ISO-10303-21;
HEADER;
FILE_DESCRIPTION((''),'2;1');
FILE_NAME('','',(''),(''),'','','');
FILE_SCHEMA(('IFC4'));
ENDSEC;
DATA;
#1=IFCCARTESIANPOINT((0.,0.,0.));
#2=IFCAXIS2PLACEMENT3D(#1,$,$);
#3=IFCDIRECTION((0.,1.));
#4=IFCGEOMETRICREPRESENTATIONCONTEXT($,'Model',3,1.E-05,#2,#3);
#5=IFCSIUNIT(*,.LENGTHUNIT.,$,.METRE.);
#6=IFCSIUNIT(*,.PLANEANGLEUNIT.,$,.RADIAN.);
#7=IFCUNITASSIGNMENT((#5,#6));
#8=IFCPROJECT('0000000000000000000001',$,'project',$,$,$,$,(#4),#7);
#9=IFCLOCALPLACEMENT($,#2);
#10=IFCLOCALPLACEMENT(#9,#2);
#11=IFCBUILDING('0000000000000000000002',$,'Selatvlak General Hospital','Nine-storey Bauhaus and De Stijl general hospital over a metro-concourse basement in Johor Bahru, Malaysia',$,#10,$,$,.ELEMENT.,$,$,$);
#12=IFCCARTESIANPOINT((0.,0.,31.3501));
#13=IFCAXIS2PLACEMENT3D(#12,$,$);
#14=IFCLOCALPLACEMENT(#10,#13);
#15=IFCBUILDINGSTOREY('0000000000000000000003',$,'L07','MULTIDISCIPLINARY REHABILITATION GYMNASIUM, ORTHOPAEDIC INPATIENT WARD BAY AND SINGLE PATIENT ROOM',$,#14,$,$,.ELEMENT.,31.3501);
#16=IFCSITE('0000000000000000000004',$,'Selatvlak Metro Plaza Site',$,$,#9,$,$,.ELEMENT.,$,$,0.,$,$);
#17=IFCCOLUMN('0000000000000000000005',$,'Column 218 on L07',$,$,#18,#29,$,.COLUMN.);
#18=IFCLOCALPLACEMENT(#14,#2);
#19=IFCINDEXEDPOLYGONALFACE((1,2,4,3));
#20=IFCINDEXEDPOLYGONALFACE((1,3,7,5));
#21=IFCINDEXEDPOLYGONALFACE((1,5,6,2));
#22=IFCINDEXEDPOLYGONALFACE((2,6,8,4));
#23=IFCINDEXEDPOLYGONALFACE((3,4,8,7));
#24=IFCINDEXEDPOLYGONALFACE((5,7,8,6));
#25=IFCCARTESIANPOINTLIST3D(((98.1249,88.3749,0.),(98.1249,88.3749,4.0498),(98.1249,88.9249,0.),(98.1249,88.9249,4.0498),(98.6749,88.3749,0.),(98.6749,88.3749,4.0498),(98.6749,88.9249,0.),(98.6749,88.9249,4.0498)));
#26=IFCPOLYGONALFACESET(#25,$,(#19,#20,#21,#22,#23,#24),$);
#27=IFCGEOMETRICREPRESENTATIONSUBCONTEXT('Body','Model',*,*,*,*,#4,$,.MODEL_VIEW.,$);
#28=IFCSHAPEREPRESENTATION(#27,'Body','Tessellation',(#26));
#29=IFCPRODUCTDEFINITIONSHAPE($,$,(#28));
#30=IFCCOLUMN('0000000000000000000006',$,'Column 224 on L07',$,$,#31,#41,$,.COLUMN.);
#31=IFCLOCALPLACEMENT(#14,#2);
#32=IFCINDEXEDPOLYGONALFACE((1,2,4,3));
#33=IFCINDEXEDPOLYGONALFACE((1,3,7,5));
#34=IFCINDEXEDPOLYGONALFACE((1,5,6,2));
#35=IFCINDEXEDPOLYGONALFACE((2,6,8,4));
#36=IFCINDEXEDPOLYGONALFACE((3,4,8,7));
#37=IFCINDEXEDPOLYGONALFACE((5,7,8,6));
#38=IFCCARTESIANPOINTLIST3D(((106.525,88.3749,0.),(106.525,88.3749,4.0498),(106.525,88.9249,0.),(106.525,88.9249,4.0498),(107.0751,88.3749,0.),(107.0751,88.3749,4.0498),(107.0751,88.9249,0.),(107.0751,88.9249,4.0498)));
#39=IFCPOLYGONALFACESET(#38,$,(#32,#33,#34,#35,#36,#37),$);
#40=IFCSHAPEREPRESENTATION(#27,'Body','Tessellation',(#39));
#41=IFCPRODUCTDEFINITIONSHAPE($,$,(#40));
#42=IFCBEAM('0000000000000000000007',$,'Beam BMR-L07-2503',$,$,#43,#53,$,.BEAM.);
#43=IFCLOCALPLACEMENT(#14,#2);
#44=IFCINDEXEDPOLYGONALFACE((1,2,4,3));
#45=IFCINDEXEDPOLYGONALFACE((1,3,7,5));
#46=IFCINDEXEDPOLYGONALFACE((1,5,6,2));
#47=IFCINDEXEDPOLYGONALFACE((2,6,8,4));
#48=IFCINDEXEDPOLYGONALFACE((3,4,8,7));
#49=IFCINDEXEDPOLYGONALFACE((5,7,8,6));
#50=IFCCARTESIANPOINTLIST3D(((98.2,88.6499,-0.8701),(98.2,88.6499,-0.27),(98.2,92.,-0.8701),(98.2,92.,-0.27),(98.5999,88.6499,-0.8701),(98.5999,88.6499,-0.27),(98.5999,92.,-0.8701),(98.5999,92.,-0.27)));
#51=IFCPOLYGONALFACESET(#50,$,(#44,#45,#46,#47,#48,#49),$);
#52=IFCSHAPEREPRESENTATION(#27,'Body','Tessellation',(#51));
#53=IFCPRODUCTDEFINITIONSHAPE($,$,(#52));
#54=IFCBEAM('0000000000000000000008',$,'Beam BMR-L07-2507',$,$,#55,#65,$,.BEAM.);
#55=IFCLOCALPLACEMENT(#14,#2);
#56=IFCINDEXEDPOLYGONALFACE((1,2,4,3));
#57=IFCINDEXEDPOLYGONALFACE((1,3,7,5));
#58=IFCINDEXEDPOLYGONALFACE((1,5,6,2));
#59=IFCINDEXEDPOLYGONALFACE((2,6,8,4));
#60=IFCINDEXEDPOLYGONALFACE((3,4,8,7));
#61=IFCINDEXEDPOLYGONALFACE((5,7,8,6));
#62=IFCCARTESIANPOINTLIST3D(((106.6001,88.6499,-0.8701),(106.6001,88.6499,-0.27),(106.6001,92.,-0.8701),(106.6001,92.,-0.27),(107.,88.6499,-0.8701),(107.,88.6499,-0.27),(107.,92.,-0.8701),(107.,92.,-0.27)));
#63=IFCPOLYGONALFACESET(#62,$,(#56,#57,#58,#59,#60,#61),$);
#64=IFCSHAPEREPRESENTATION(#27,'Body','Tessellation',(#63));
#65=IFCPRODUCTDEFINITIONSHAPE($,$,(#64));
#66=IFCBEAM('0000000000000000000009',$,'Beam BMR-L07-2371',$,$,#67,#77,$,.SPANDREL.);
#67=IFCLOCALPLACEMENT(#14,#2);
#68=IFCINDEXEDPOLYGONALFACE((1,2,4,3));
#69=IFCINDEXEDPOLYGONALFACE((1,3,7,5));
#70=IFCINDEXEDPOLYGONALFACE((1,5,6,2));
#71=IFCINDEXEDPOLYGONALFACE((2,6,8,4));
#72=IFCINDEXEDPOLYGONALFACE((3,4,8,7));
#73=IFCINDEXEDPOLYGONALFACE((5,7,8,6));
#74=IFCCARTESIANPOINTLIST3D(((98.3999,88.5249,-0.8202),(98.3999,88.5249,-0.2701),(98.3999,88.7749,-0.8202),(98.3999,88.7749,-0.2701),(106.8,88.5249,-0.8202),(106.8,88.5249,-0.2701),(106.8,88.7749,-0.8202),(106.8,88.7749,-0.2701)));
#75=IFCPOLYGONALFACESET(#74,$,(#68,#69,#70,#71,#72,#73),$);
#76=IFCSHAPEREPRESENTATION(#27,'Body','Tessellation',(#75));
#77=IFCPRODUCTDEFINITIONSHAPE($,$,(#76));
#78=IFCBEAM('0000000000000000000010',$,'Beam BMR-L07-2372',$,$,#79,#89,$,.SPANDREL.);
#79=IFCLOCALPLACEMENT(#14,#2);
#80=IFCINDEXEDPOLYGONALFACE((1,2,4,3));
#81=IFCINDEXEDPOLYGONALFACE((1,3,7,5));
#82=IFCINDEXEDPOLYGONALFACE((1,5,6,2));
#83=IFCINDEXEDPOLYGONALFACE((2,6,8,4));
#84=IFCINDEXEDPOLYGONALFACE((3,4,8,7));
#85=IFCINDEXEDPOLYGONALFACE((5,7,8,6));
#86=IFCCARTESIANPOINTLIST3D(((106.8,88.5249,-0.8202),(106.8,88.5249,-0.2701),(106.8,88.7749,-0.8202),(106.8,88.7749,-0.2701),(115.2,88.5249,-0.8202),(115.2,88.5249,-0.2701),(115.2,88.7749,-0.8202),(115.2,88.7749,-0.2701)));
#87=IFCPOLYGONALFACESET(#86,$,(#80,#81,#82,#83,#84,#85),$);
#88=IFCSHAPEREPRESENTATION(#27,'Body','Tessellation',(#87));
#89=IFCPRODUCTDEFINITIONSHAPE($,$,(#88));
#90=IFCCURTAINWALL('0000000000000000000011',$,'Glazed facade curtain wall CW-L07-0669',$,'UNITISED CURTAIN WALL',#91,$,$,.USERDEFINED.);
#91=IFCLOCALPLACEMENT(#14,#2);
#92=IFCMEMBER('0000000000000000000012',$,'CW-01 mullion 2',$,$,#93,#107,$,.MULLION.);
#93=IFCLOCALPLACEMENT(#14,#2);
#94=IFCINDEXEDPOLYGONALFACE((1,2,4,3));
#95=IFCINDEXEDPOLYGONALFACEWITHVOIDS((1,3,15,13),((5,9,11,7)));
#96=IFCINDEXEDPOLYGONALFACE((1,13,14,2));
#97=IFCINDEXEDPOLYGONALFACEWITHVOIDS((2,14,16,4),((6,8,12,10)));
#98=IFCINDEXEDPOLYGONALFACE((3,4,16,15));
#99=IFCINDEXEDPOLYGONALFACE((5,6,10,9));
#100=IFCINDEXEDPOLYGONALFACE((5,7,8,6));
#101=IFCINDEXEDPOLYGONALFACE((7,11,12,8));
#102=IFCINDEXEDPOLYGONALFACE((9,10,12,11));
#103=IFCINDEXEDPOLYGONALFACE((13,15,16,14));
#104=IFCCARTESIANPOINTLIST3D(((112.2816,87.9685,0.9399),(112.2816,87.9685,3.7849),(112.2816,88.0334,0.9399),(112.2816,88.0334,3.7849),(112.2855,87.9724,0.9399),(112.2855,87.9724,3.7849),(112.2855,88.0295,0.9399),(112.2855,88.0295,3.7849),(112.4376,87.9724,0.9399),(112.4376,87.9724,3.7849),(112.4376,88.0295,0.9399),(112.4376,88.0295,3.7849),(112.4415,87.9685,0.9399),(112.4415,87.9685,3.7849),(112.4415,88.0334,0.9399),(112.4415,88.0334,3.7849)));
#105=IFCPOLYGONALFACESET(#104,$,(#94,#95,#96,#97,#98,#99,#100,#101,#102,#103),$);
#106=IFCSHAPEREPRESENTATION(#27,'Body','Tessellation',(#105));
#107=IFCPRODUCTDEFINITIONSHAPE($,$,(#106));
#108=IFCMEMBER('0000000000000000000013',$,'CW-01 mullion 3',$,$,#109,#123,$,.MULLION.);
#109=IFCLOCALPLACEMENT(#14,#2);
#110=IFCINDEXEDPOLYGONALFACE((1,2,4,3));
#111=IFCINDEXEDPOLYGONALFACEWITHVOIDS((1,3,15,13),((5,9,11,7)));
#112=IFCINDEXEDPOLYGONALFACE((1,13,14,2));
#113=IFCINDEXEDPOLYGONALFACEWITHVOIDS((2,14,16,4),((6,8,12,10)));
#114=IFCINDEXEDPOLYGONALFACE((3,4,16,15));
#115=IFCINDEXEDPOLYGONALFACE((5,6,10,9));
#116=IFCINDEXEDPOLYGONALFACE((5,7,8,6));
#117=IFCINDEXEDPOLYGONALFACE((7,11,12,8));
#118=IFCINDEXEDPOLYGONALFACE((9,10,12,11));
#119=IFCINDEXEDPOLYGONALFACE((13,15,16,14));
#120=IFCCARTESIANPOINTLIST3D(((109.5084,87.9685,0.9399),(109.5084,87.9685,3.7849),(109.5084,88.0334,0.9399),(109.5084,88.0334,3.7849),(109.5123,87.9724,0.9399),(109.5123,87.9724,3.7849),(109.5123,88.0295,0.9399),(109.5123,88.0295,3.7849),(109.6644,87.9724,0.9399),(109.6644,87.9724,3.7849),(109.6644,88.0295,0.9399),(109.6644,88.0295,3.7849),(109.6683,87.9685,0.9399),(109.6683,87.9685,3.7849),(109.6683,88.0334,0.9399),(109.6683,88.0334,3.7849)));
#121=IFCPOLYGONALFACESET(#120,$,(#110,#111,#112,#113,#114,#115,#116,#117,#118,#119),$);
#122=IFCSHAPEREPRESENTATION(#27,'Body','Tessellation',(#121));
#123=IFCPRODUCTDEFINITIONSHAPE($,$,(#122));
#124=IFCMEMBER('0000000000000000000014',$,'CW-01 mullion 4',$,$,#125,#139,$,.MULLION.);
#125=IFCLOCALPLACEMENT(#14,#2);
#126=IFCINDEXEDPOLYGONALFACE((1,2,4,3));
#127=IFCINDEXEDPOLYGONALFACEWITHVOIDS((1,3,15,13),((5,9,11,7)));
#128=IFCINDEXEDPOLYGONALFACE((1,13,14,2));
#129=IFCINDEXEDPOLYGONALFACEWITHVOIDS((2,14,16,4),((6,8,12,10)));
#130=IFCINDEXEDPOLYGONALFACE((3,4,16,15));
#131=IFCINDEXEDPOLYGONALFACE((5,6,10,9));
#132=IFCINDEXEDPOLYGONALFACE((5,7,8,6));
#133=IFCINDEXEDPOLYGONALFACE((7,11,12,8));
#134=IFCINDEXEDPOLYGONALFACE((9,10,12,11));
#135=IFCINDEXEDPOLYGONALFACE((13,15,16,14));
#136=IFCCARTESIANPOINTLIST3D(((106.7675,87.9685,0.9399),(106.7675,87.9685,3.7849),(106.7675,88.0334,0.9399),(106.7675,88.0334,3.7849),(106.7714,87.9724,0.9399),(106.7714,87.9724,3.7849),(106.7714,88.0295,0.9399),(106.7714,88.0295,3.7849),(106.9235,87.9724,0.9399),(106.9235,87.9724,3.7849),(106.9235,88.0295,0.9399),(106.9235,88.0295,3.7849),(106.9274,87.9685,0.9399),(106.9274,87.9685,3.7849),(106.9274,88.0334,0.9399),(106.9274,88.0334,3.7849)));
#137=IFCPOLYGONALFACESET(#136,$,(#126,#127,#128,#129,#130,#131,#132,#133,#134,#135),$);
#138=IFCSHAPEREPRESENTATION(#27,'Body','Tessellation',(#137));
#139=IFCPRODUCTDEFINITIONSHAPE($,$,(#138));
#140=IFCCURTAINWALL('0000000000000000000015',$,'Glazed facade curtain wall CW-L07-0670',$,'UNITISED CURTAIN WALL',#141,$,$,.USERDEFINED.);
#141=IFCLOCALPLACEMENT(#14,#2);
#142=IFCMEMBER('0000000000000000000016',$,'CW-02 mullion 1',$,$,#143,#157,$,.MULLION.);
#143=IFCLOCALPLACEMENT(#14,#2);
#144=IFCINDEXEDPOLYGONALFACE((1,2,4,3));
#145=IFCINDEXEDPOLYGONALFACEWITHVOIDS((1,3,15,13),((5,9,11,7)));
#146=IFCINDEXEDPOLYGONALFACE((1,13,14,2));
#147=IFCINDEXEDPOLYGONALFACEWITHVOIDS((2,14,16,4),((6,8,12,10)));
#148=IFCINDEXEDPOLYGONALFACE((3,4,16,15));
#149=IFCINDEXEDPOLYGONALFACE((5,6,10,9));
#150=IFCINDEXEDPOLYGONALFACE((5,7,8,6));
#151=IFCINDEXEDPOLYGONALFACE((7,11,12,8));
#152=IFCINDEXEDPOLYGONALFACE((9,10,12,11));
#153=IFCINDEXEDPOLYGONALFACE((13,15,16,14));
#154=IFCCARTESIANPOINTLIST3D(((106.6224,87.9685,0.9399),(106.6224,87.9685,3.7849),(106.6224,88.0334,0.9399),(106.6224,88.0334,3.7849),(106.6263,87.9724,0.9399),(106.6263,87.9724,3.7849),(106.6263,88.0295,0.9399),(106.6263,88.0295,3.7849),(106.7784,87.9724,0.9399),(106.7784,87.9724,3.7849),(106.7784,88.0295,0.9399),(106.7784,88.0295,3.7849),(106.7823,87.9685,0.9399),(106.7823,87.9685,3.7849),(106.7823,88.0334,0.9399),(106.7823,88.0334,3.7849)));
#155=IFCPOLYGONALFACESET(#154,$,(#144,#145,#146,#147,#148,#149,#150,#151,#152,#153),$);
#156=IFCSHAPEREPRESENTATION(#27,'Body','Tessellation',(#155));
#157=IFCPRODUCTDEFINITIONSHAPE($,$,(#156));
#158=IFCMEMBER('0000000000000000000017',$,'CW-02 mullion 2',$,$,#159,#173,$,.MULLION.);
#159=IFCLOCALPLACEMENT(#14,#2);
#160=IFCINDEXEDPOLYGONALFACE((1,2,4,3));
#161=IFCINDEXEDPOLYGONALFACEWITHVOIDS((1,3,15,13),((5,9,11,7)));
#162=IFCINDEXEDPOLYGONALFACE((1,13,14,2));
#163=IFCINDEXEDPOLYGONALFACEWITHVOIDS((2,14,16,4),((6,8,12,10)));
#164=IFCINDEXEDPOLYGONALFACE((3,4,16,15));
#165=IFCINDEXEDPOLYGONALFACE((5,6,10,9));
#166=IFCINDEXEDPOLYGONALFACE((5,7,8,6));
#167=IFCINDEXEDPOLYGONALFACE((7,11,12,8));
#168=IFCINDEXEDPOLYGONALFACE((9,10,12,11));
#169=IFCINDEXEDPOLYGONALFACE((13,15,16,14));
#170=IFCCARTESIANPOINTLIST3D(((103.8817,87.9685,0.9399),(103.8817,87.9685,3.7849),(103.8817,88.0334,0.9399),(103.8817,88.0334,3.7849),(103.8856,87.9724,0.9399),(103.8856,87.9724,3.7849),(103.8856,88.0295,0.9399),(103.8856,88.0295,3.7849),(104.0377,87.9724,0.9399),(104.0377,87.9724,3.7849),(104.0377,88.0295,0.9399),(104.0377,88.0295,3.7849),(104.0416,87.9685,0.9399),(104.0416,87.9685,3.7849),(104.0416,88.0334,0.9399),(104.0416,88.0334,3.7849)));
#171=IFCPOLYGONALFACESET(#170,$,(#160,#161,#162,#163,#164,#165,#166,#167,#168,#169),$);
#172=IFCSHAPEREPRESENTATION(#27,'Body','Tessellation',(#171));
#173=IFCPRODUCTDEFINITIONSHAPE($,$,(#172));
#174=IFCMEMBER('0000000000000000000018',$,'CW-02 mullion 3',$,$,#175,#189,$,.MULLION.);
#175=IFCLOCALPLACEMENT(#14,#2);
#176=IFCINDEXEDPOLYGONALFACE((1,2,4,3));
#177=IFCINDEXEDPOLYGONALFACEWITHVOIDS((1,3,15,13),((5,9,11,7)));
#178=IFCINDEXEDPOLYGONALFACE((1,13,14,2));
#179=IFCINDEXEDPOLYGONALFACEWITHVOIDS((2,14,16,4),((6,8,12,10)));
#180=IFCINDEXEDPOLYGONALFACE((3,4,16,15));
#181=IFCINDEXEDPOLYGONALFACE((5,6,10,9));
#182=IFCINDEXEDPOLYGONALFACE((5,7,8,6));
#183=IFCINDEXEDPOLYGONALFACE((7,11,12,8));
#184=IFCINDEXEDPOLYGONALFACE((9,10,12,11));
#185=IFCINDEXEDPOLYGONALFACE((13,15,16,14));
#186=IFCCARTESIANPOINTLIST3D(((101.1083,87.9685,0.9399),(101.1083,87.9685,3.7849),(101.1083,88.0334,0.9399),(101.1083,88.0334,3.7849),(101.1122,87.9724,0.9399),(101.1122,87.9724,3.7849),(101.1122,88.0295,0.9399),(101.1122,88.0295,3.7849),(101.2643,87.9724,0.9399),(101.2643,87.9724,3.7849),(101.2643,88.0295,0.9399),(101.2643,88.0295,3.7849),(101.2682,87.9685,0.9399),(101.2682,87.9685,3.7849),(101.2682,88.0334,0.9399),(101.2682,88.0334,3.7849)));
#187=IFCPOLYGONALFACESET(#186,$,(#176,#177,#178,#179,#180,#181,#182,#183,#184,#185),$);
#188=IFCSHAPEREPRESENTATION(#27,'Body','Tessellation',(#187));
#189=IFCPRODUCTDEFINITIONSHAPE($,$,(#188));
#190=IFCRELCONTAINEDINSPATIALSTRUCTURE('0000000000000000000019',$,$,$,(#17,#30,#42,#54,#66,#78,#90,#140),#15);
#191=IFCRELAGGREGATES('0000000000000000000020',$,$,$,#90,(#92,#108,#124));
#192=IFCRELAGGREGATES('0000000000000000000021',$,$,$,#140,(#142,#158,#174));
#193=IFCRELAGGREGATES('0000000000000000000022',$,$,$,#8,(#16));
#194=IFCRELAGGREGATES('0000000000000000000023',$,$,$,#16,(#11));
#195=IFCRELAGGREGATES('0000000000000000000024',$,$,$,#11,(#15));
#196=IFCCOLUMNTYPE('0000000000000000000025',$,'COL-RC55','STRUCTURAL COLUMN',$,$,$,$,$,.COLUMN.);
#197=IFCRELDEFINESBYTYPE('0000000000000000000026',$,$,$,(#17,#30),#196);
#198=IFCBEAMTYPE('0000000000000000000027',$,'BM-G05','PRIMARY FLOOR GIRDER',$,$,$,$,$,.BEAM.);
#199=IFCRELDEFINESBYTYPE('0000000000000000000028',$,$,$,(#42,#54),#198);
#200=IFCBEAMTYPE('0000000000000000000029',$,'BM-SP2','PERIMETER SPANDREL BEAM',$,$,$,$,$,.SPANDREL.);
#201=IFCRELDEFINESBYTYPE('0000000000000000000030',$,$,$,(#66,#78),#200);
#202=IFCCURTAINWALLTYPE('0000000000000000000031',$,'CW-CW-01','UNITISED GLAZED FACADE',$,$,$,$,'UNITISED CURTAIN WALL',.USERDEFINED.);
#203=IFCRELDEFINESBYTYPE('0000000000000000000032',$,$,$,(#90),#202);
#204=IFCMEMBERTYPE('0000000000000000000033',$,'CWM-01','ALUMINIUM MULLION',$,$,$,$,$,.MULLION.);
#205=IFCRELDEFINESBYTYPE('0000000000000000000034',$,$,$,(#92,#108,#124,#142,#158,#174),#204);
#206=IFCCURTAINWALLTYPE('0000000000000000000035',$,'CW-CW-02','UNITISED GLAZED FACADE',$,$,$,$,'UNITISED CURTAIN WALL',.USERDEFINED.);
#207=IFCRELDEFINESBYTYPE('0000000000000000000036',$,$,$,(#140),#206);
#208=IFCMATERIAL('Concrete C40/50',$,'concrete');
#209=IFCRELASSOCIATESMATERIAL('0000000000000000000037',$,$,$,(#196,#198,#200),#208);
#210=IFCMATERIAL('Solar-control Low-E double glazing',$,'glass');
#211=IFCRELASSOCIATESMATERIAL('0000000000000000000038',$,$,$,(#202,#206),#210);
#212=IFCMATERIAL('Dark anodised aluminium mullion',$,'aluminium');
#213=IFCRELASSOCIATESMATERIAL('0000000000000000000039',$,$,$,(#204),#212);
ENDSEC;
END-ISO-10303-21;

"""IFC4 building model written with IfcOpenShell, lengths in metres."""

from ifc_helpers import new_model, si_unit, direction, frame, origin, origin_2d, place, context, subcontext, project, spatial, rectangle, hollow_rectangle, extrude, material, material_profile, profile_set, type_object, element, aggregate, save


model = new_model("IFC4")

# Units and contexts
model_context = context("Model", 3, precision=1e-05, world=origin(), true_north=direction((0.0, 1.0)))
body_context = subcontext(model_context, "Body", "Model", "MODEL_VIEW")
ifc_project = project(units=[si_unit("LENGTHUNIT", "METRE"), si_unit("PLANEANGLEUNIT", "RADIAN")], contexts=[model_context])

# Site, building, storey
site_placement = place(None, origin())
site = spatial("IfcSite", under=ifc_project, at=site_placement, Name="Selatvlak Metro Plaza Site", CompositionType="ELEMENT", RefElevation=0.0)
building_placement = place(site_placement, origin())
building = spatial("IfcBuilding", under=site, at=building_placement, Name="Selatvlak General Hospital", Description="Nine-storey Bauhaus and De Stijl general hospital over a metro-concourse basement in Johor Bahru, Malaysia", CompositionType="ELEMENT")
storey_placement = place(building_placement, frame((0.0, 0.0, 31.3501)))
storey = spatial("IfcBuildingStorey", under=building, at=storey_placement, Name="L07", Description="MULTIDISCIPLINARY REHABILITATION GYMNASIUM, ORTHOPAEDIC INPATIENT WARD BAY AND SINGLE PATIENT ROOM", CompositionType="ELEMENT", Elevation=31.3501)

# Columns
ifc_material_1 = material(Name="Concrete C40/50", Category="concrete")
ifc_material_profile_1 = material_profile(ifc_material_1, rectangle(XDim=0.55, YDim=0.55, at=origin_2d()), Name="RC-COL 550x550")
ifc_profile_set_1 = profile_set([ifc_material_profile_1], Name="Concrete C40/50")
column_type = type_object("IfcColumnType", Name="COL-RC55", Description="STRUCTURAL COLUMN", PredefinedType="COLUMN", material=ifc_profile_set_1)
for number, where, z_axis, x_axis, name in (
    (1, (98.3999, 88.6499, 0.0), (0.0, 0.0, 1.0), (1.0, 0.0, 0.0), "Column 218 on L07"),
    (2, (106.8, 88.6499, 0.0), (0.0, 0.0, 1.0), (1.0, 0.0, 0.0), "Column 224 on L07"),
):
    element("IfcColumn", number, at=place(storey_placement, frame(where, z_axis=z_axis, x_axis=x_axis)), inside=storey, type_object=column_type, Name=name, PredefinedType="COLUMN", context=body_context, shape_type="SweptSolid", body=[
        extrude(rectangle(XDim=0.55, YDim=0.55, at=origin_2d()), origin(), (0.0, 0.0, 1.0), 4.0498),
    ])

# Beams
ifc_material_profile_2 = material_profile(ifc_material_1, rectangle(XDim=0.3999, YDim=0.6001, at=origin_2d()), Name="RC-BM 400x600")
ifc_profile_set_2 = profile_set([ifc_material_profile_2], Name="Concrete C40/50")
beam_type_1 = type_object("IfcBeamType", Name="BM-G05", Description="PRIMARY FLOOR GIRDER", PredefinedType="BEAM", material=ifc_profile_set_2)
for number, where, z_axis, x_axis, name in (
    (3, (98.3999, 88.6499, -0.5701), (0.0, 1.0, 0.0), (-1.0, 0.0, 0.0), "Beam BMR-L07-2503"),
    (4, (106.8, 88.6499, -0.5701), (0.0, 1.0, 0.0), (-1.0, 0.0, 0.0), "Beam BMR-L07-2507"),
):
    element("IfcBeam", number, at=place(storey_placement, frame(where, z_axis=z_axis, x_axis=x_axis)), inside=storey, type_object=beam_type_1, Name=name, PredefinedType="BEAM", context=body_context, shape_type="SweptSolid", body=[
        extrude(rectangle(XDim=0.3999, YDim=0.6001, at=origin_2d()), origin(), (0.0, 0.0, 1.0), 3.3501),
    ])
ifc_material_profile_3 = material_profile(ifc_material_1, rectangle(XDim=0.25, YDim=0.55, at=origin_2d()), Name="RC-SP 250x550")
ifc_profile_set_3 = profile_set([ifc_material_profile_3], Name="Concrete C40/50")
beam_type_2 = type_object("IfcBeamType", Name="BM-SP2", Description="PERIMETER SPANDREL BEAM", PredefinedType="SPANDREL", material=ifc_profile_set_3)
beam_1_placement = place(storey_placement, frame((98.3999, 88.6499, -0.5452), z_axis=(1.0, 0.0, 0.0), x_axis=(0.0, 1.0, 0.0)))
element("IfcBeam", 5, at=beam_1_placement, inside=storey, type_object=beam_type_2, Name="Beam BMR-L07-2371", PredefinedType="SPANDREL", context=body_context, shape_type="SweptSolid", body=[
    extrude(rectangle(XDim=0.25, YDim=0.55, at=origin_2d()), origin(), (0.0, 0.0, 1.0), 8.4001),
])
beam_2_placement = place(storey_placement, frame((106.8, 88.6499, -0.5452), z_axis=(1.0, 0.0, 0.0), x_axis=(0.0, 1.0, 0.0)))
element("IfcBeam", 6, at=beam_2_placement, inside=storey, type_object=beam_type_2, Name="Beam BMR-L07-2372", PredefinedType="SPANDREL", context=body_context, shape_type="SweptSolid", body=[
    extrude(rectangle(XDim=0.25, YDim=0.55, at=origin_2d()), origin(), (0.0, 0.0, 1.0), 8.3999),
])

# Curtain walls, members
ifc_material_2 = material(Name="Solar-control Low-E double glazing", Category="glass")
curtain_wall_type_1 = type_object("IfcCurtainWallType", Name="CW-CW-01", Description="UNITISED GLAZED FACADE", ElementType="UNITISED CURTAIN WALL", PredefinedType="USERDEFINED", material=ifc_material_2)
curtain_wall_1_placement = place(storey_placement, origin())
curtain_wall_1 = element("IfcCurtainWall", 7, at=curtain_wall_1_placement, inside=storey, type_object=curtain_wall_type_1, Name="Glazed facade curtain wall CW-L07-0669", ObjectType="UNITISED CURTAIN WALL", PredefinedType="USERDEFINED")
ifc_material_3 = material(Name="Dark anodised aluminium mullion", Category="aluminium")
ifc_material_profile_4 = material_profile(ifc_material_3, hollow_rectangle(XDim=0.0649, YDim=0.1599, WallThickness=0.0039, at=origin_2d()), Name="AL-MUL 65x160x4")
ifc_profile_set_4 = profile_set([ifc_material_profile_4], Name="Dark anodised aluminium mullion")
member_type_1 = type_object("IfcMemberType", Name="CWM-01", Description="ALUMINIUM MULLION", PredefinedType="MULLION", material=ifc_profile_set_4)
member_1_placement = place(storey_placement, frame((112.3616, 88.001, 0.9399), z_axis=(0.0, 0.0, 1.0), x_axis=(0.0, -1.0, 0.0)))
member_1 = element("IfcMember", 8, at=member_1_placement, type_object=member_type_1, Name="CW-01 mullion 2", PredefinedType="MULLION", context=body_context, shape_type="SweptSolid", body=[
    extrude(hollow_rectangle(XDim=0.0649, YDim=0.1599, WallThickness=0.0039, at=origin_2d()), origin(), (0.0, 0.0, 1.0), 2.845),
])
member_2_placement = place(storey_placement, frame((109.5884, 88.001, 0.9399), z_axis=(0.0, 0.0, 1.0), x_axis=(0.0, -1.0, 0.0)))
member_2 = element("IfcMember", 9, at=member_2_placement, type_object=member_type_1, Name="CW-01 mullion 3", PredefinedType="MULLION", context=body_context, shape_type="SweptSolid", body=[
    extrude(hollow_rectangle(XDim=0.0649, YDim=0.1599, WallThickness=0.0039, at=origin_2d()), origin(), (0.0, 0.0, 1.0), 2.845),
])
member_3_placement = place(storey_placement, frame((106.8474, 88.001, 0.9399), z_axis=(0.0, 0.0, 1.0), x_axis=(0.0, -1.0, 0.0)))
member_3 = element("IfcMember", 10, at=member_3_placement, type_object=member_type_1, Name="CW-01 mullion 4", PredefinedType="MULLION", context=body_context, shape_type="SweptSolid", body=[
    extrude(hollow_rectangle(XDim=0.0649, YDim=0.1599, WallThickness=0.0039, at=origin_2d()), origin(), (0.0, 0.0, 1.0), 2.845),
])
curtain_wall_type_2 = type_object("IfcCurtainWallType", Name="CW-CW-02", Description="UNITISED GLAZED FACADE", ElementType="UNITISED CURTAIN WALL", PredefinedType="USERDEFINED", material=ifc_material_2)
curtain_wall_2_placement = place(storey_placement, origin())
curtain_wall_2 = element("IfcCurtainWall", 11, at=curtain_wall_2_placement, inside=storey, type_object=curtain_wall_type_2, Name="Glazed facade curtain wall CW-L07-0670", ObjectType="UNITISED CURTAIN WALL", PredefinedType="USERDEFINED")
member_4_placement = place(storey_placement, frame((106.7024, 88.001, 0.9399), z_axis=(0.0, 0.0, 1.0), x_axis=(0.0, -1.0, 0.0)))
member_4 = element("IfcMember", 12, at=member_4_placement, type_object=member_type_1, Name="CW-02 mullion 1", PredefinedType="MULLION", context=body_context, shape_type="SweptSolid", body=[
    extrude(hollow_rectangle(XDim=0.0649, YDim=0.1599, WallThickness=0.0039, at=origin_2d()), origin(), (0.0, 0.0, 1.0), 2.845),
])
member_5_placement = place(storey_placement, frame((103.9617, 88.001, 0.9399), z_axis=(0.0, 0.0, 1.0), x_axis=(0.0, -1.0, 0.0)))
member_5 = element("IfcMember", 13, at=member_5_placement, type_object=member_type_1, Name="CW-02 mullion 2", PredefinedType="MULLION", context=body_context, shape_type="SweptSolid", body=[
    extrude(hollow_rectangle(XDim=0.0649, YDim=0.1599, WallThickness=0.0039, at=origin_2d()), origin(), (0.0, 0.0, 1.0), 2.845),
])
member_6_placement = place(storey_placement, frame((101.1882, 88.001, 0.9399), z_axis=(0.0, 0.0, 1.0), x_axis=(0.0, -1.0, 0.0)))
member_6 = element("IfcMember", 14, at=member_6_placement, type_object=member_type_1, Name="CW-02 mullion 3", PredefinedType="MULLION", context=body_context, shape_type="SweptSolid", body=[
    extrude(hollow_rectangle(XDim=0.0649, YDim=0.1599, WallThickness=0.0039, at=origin_2d()), origin(), (0.0, 0.0, 1.0), 2.845),
])

aggregate(curtain_wall_1, [member_1, member_2, member_3])
aggregate(curtain_wall_2, [member_4, member_5, member_6])

save(model, "model.ifc")
